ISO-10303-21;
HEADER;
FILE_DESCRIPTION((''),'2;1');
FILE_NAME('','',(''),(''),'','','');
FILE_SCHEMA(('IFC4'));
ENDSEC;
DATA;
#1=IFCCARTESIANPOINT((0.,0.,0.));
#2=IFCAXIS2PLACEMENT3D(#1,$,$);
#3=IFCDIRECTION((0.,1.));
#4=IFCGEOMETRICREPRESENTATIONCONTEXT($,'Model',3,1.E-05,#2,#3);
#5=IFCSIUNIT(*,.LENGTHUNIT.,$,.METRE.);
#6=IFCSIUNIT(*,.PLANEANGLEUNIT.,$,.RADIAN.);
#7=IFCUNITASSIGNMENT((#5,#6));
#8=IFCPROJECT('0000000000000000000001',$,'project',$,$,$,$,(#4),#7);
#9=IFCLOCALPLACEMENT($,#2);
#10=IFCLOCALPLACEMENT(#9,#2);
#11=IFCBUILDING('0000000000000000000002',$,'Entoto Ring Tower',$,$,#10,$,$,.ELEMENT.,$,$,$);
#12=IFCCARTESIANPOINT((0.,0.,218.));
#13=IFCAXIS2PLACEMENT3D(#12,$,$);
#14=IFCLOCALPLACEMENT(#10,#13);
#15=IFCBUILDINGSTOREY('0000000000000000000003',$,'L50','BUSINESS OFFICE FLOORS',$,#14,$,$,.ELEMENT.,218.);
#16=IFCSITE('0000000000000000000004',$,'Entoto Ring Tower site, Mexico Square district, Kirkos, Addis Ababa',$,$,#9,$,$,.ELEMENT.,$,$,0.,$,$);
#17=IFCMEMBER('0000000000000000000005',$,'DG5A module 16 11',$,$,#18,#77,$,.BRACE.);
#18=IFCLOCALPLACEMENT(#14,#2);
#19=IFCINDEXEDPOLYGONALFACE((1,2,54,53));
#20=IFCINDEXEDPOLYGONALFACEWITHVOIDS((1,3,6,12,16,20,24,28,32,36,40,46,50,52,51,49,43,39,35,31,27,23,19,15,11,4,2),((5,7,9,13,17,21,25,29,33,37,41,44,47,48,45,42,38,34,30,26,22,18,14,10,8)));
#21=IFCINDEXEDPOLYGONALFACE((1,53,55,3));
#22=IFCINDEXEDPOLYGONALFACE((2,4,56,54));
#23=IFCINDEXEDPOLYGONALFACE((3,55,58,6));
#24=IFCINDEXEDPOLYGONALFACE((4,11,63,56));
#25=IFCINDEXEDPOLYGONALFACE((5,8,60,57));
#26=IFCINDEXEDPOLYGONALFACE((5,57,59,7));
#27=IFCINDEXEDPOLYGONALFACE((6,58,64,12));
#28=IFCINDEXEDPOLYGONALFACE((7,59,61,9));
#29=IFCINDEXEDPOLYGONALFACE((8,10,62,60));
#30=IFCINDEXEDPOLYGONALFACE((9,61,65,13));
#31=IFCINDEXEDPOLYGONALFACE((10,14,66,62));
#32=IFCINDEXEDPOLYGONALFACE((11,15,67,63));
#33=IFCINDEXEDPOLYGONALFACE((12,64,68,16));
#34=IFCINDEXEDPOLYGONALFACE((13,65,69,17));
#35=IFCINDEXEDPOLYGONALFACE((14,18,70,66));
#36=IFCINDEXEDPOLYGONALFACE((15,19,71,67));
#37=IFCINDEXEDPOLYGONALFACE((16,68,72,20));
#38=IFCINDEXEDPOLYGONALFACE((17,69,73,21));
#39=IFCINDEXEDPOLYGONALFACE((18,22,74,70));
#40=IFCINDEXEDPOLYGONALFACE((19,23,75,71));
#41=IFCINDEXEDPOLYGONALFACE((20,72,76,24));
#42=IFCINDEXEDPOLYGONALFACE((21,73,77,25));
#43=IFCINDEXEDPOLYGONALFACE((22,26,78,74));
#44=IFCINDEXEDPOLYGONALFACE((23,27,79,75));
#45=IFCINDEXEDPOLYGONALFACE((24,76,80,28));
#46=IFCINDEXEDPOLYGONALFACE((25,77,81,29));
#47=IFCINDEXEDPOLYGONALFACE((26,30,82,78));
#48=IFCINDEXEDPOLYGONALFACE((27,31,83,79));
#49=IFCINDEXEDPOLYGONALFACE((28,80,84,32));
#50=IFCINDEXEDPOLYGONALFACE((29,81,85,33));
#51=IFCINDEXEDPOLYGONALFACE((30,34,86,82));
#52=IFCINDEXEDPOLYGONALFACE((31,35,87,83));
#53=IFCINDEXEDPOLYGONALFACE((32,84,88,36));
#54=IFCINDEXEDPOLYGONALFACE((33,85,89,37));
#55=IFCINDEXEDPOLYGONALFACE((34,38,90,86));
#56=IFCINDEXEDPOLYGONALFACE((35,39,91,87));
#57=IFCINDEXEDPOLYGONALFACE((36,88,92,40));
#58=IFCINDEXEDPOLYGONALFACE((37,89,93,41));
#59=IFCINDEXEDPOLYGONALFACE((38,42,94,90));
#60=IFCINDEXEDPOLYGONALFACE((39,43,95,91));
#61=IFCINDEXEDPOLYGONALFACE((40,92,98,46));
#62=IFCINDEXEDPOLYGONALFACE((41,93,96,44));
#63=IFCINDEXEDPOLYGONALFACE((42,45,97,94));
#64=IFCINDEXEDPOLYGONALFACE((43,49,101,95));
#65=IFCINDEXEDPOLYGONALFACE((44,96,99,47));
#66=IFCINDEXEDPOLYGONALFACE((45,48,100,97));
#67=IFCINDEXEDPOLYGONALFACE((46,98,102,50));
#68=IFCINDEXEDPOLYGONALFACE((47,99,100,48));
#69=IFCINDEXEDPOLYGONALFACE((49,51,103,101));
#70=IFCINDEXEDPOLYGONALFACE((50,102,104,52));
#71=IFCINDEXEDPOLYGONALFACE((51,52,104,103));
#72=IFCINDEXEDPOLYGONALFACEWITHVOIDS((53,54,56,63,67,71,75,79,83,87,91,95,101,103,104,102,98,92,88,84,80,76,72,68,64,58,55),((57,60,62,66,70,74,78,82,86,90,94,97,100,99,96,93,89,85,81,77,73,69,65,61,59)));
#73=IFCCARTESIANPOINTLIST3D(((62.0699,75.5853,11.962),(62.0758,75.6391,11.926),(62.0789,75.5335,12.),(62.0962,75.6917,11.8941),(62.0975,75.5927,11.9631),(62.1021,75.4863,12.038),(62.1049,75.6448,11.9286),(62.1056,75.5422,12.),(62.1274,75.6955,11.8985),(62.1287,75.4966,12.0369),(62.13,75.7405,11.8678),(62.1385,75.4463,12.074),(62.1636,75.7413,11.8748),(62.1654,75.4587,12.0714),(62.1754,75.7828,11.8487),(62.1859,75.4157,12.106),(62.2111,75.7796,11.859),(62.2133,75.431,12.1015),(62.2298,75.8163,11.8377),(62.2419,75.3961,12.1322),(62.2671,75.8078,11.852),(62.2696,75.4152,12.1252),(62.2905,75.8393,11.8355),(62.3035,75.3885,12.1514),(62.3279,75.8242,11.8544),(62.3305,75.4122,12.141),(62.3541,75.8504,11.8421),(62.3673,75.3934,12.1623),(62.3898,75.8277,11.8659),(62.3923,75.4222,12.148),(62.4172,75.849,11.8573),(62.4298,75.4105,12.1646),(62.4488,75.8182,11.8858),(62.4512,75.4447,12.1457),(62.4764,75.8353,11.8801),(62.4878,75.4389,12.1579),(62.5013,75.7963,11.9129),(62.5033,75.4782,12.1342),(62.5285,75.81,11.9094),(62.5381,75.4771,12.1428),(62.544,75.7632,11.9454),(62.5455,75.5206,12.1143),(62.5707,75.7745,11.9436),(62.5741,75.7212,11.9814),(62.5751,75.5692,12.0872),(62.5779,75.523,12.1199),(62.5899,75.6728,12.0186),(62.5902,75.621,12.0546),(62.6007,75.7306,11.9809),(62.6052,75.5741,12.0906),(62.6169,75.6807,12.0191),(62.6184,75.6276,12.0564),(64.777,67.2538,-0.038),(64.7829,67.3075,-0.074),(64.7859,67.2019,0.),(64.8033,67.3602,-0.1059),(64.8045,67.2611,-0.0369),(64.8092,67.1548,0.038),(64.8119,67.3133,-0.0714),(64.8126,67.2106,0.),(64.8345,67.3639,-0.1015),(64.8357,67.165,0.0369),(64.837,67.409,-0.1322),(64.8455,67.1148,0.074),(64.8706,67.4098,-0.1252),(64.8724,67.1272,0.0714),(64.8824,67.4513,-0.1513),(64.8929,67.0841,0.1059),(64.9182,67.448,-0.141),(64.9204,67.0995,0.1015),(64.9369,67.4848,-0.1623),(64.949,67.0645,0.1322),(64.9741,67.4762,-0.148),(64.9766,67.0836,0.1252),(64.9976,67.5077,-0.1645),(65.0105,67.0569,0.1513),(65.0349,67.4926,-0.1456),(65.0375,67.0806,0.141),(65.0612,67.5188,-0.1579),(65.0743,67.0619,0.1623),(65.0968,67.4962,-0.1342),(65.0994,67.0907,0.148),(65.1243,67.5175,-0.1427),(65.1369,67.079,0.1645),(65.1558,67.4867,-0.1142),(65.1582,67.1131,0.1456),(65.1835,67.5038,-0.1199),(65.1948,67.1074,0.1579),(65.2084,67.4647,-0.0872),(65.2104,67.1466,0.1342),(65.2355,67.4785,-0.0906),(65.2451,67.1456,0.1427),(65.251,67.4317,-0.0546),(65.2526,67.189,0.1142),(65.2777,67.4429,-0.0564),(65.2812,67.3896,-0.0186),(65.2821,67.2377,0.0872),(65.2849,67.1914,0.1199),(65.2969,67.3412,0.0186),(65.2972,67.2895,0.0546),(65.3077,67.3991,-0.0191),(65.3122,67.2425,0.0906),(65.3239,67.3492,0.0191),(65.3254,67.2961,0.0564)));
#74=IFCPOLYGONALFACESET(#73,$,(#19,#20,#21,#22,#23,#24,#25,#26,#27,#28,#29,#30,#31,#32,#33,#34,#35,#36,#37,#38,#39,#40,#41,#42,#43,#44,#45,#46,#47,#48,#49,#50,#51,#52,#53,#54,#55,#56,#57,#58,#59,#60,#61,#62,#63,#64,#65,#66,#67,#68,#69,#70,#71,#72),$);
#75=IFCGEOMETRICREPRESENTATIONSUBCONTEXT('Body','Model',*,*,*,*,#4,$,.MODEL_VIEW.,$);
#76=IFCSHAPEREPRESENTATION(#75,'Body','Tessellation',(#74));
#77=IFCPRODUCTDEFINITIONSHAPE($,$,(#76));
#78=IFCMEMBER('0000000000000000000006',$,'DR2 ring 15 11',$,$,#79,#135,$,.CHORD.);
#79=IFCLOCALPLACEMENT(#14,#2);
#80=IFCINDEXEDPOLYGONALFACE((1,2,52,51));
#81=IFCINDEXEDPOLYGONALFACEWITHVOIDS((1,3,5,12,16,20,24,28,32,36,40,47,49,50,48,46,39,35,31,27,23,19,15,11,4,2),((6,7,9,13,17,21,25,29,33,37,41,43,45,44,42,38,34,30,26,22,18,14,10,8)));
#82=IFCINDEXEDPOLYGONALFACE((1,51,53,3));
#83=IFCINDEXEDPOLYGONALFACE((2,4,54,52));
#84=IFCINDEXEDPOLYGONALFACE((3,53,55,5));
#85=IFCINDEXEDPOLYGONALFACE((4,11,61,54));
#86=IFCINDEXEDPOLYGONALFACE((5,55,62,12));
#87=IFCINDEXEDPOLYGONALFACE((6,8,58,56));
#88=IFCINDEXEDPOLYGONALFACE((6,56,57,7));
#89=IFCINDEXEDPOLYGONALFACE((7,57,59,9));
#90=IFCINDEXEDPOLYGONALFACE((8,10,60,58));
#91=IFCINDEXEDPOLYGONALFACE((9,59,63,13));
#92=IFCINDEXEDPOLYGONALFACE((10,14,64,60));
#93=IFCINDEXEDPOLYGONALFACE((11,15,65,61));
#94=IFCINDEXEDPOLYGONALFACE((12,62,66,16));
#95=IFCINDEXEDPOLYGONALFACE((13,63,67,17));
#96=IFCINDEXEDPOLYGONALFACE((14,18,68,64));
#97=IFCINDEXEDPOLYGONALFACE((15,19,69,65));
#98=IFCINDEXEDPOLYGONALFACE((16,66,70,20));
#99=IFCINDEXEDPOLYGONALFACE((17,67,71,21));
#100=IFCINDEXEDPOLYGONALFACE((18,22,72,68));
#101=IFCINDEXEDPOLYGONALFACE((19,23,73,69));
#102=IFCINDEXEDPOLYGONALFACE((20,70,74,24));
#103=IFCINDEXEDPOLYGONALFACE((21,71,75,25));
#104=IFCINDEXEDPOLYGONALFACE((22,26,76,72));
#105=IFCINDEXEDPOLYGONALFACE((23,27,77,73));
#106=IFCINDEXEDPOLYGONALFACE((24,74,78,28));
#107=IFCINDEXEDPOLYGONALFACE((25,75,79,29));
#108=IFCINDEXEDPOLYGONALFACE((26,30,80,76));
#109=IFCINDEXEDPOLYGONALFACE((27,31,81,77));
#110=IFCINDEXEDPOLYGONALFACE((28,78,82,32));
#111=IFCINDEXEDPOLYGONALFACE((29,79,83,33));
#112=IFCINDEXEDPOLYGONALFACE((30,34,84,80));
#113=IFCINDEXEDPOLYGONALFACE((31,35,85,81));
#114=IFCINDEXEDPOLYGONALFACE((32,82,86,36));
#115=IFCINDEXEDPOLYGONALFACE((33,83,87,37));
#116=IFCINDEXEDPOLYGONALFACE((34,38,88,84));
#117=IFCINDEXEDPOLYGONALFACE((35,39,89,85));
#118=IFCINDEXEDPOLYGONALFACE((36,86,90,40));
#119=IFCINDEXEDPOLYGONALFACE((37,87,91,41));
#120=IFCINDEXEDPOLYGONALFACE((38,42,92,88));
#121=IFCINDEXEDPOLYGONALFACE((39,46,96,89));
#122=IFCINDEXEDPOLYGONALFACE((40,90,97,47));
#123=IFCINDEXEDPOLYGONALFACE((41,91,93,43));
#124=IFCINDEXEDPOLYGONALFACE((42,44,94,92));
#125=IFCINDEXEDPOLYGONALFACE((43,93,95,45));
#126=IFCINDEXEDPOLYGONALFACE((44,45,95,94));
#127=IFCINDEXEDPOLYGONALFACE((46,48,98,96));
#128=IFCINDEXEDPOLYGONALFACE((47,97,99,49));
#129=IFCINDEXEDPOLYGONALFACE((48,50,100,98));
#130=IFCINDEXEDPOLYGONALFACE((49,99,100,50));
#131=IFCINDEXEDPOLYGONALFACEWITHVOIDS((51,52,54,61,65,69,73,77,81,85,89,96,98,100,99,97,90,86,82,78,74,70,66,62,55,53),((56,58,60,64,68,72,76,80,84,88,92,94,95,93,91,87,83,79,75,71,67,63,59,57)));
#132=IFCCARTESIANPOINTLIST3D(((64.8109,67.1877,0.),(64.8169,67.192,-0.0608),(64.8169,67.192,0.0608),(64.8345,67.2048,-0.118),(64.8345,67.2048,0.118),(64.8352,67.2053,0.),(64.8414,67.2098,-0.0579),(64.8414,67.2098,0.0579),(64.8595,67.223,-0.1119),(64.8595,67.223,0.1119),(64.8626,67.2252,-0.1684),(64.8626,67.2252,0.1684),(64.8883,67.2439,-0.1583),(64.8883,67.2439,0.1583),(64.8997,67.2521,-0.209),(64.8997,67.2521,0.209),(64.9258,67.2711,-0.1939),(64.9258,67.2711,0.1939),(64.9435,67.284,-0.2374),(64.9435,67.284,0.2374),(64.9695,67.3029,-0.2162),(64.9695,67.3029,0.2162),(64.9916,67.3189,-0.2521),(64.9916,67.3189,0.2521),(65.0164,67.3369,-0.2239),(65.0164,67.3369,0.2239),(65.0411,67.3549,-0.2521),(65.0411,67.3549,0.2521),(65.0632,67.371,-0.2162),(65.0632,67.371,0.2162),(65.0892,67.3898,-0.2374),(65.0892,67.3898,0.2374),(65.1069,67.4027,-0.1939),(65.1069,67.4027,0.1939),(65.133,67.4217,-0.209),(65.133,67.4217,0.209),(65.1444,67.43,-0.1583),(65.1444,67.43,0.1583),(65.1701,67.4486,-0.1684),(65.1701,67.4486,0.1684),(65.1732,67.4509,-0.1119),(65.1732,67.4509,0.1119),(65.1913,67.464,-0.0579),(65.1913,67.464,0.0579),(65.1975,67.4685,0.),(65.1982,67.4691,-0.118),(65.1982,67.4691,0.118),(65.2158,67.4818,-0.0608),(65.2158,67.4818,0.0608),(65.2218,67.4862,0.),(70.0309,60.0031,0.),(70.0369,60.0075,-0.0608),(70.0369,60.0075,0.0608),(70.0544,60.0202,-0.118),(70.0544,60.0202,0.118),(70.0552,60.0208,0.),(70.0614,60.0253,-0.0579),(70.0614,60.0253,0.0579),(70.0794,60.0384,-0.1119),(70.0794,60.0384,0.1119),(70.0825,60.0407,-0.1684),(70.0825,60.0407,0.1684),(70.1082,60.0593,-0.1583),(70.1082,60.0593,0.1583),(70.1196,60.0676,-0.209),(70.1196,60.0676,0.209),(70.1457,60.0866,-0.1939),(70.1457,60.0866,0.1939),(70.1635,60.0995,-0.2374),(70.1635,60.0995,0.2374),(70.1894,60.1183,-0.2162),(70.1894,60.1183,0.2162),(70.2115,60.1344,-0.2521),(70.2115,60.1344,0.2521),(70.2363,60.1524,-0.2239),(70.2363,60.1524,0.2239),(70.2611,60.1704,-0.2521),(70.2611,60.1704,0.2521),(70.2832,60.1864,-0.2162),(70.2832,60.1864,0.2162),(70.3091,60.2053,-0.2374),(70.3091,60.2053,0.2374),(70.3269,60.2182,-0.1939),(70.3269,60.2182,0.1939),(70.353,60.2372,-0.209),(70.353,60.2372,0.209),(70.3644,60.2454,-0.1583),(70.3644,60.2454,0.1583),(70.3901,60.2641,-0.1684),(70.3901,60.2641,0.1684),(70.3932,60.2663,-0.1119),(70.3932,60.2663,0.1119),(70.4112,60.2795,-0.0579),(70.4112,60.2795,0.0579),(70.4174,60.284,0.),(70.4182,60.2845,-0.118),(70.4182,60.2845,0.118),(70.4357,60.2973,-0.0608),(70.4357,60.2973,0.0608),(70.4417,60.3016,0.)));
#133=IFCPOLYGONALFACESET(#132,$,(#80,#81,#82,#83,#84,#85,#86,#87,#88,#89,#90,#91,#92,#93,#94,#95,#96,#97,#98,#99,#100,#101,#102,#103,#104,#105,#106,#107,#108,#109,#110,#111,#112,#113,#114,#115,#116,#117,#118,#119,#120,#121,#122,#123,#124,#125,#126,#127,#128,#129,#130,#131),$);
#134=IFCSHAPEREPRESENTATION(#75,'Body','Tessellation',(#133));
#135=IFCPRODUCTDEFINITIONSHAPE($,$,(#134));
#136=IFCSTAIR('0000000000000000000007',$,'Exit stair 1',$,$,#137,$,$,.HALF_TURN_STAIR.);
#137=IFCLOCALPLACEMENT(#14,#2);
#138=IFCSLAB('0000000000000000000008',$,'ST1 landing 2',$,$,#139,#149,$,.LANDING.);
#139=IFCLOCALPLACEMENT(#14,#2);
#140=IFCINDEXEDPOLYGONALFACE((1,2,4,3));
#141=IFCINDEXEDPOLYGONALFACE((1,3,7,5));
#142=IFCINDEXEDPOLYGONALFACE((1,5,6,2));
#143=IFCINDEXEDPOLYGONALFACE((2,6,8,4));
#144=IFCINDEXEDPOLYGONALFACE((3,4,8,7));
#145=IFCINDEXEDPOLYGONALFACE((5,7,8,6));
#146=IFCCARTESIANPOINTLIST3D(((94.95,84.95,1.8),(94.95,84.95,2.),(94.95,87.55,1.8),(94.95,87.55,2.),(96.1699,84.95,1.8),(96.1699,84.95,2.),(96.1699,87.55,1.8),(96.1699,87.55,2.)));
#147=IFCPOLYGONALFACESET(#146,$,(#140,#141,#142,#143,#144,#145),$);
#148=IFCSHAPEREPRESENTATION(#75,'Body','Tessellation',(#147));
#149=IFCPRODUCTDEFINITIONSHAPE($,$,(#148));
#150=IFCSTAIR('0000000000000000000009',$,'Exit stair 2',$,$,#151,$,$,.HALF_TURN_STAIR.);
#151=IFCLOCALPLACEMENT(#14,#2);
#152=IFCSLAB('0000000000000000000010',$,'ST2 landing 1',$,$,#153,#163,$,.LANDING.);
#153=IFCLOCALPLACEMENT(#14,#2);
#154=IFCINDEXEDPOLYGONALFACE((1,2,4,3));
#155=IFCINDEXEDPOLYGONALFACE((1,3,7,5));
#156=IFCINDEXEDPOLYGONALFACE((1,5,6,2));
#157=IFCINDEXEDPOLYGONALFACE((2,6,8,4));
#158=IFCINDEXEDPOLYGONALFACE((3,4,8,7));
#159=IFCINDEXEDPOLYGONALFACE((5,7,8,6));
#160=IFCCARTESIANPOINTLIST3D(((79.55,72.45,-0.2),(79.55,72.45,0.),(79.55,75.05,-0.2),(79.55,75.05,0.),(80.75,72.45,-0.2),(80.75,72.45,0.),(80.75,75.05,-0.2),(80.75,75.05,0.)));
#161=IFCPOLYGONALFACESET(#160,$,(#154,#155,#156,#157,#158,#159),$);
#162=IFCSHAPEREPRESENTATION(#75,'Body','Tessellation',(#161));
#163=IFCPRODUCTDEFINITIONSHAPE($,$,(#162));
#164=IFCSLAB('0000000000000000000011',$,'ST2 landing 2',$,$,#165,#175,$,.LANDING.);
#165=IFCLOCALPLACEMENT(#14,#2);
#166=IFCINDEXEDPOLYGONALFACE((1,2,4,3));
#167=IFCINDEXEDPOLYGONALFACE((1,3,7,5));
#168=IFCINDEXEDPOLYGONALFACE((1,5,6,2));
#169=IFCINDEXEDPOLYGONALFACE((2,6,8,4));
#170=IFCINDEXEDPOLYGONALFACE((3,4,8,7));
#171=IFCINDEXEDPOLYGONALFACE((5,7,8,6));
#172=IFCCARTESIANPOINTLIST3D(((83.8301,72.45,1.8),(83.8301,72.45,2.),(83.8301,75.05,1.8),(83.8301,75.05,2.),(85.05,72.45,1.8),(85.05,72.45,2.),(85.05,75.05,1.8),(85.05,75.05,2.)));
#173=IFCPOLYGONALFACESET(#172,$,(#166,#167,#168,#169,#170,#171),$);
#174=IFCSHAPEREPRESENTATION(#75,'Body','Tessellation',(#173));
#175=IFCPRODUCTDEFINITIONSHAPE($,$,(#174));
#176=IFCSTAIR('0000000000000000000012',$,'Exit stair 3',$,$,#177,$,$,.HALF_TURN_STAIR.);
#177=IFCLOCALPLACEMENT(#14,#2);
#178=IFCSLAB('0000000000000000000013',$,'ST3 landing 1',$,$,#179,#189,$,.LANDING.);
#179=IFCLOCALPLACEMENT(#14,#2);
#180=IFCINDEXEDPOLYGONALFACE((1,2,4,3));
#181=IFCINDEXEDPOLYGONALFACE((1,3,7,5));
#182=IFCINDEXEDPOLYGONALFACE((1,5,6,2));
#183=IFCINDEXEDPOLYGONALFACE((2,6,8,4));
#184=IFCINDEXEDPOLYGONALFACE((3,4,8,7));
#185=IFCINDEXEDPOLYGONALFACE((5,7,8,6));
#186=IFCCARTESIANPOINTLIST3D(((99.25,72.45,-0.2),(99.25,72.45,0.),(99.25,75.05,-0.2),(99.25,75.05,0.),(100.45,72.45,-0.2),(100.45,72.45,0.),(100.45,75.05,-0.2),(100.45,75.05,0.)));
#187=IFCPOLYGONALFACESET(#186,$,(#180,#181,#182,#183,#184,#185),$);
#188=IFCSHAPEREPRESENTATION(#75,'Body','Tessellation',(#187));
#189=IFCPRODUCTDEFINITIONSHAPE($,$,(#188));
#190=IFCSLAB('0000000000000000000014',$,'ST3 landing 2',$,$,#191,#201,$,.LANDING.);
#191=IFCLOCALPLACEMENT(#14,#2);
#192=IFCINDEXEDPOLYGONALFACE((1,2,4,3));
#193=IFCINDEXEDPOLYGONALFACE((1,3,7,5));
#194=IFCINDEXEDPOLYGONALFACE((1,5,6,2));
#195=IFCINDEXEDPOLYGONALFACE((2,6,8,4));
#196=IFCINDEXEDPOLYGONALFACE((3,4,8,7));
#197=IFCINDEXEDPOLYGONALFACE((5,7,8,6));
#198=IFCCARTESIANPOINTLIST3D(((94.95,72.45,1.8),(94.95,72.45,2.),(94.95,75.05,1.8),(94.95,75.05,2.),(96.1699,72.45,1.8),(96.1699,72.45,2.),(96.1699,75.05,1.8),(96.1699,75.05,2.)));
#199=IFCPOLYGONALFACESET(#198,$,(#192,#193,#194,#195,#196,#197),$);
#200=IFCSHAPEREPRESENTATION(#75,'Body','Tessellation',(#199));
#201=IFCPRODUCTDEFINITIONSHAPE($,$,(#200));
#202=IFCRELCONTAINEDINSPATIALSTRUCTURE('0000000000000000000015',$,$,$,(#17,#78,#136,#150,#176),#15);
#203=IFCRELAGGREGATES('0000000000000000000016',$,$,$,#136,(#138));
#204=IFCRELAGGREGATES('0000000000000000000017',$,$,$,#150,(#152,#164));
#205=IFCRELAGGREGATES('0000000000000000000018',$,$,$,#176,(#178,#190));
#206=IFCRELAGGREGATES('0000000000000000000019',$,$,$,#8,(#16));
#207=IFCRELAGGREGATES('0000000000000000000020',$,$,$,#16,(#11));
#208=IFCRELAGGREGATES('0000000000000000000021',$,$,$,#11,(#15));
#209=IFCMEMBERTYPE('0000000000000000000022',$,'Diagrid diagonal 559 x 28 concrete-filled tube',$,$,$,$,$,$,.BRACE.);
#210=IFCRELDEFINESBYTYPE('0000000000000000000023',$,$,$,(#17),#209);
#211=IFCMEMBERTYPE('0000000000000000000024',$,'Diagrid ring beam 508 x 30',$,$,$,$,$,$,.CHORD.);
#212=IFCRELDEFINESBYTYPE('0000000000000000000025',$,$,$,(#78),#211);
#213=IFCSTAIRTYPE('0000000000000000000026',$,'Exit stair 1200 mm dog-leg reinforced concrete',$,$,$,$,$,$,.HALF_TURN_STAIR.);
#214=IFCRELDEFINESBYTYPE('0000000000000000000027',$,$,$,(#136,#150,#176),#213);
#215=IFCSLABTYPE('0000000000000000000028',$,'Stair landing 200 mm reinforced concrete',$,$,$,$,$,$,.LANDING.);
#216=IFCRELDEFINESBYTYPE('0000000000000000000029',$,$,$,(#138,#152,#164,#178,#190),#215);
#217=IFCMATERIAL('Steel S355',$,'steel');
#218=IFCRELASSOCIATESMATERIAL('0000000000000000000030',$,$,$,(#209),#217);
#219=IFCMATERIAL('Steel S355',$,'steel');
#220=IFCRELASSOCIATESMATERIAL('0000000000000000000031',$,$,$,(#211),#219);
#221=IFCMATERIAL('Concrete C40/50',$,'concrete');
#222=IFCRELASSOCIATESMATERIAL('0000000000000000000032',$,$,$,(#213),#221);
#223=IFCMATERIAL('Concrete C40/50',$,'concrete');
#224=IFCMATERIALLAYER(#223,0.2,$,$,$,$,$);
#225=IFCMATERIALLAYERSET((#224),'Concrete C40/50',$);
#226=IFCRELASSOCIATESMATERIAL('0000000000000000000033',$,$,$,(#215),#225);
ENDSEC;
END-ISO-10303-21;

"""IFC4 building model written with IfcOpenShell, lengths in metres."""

from ifc_helpers import new_model, si_unit, direction, frame, origin, origin_2d, place, context, subcontext, project, spatial, polyline, circle, hollow_circle, outline, extrude, material, layer, layer_set, material_profile, profile_set, type_object, element, aggregate, save


model = new_model("IFC4")

# Units and contexts
model_context = context("Model", 3, precision=1e-05, world=origin(), true_north=direction((0.0, 1.0)))
body_context = subcontext(model_context, "Body", "Model", "MODEL_VIEW")
ifc_project = project(units=[si_unit("LENGTHUNIT", "METRE"), si_unit("PLANEANGLEUNIT", "RADIAN")], contexts=[model_context])

# Site, building, storey
site_placement = place(None, origin())
site = spatial("IfcSite", under=ifc_project, at=site_placement, Name="Entoto Ring Tower site, Mexico Square district, Kirkos, Addis Ababa", CompositionType="ELEMENT", RefElevation=0.0)
building_placement = place(site_placement, origin())
building = spatial("IfcBuilding", under=site, at=building_placement, Name="Entoto Ring Tower", CompositionType="ELEMENT")
storey_placement = place(building_placement, frame((0.0, 0.0, 218.0)))
storey = spatial("IfcBuildingStorey", under=building, at=storey_placement, Name="L50", Description="BUSINESS OFFICE FLOORS", CompositionType="ELEMENT", Elevation=218.0)

# Members
ifc_material_1 = material(Name="Steel S355", Category="steel")
ifc_material_profile_1 = material_profile(ifc_material_1, hollow_circle(Radius=0.2795, WallThickness=0.0281, at=origin_2d()), Name="CHS 559 x 28")
ifc_material_2 = material(Name="Concrete C60/75", Category="concrete")
ifc_material_profile_2 = material_profile(ifc_material_2, circle(Radius=0.2515, at=origin_2d()), Name="Concrete C60/75 infill")
ifc_profile_set_1 = profile_set([ifc_material_profile_1, ifc_material_profile_2], Name="Steel S355")
member_type_1 = type_object("IfcMemberType", Name="Diagrid diagonal 559 x 28 concrete-filled tube", PredefinedType="BRACE", material=ifc_profile_set_1)
member_1_placement = place(storey_placement, frame((65.0518, 67.2883, 0.0), z_axis=(-0.182201, 0.560767, 0.807678), x_axis=(-0.951058, -0.309012, 0.0)))
element("IfcMember", 1, at=member_1_placement, inside=storey, type_object=member_type_1, Name="DG5A module 16 11", PredefinedType="BRACE", context=body_context, shape_type="SweptSolid", body=[
    extrude(hollow_circle(Radius=0.2795, WallThickness=0.0281, at=origin_2d()), origin(), (0.0, 0.0, 1.0), 14.8574),
])
ifc_material_3 = material(Name="Steel S355", Category="steel")
ifc_material_profile_3 = material_profile(ifc_material_3, hollow_circle(Radius=0.2539, WallThickness=0.03, at=origin_2d()), Name="CHS 508 x 30")
ifc_material_4 = material(Name="Concrete C60/75", Category="concrete")
ifc_material_profile_4 = material_profile(ifc_material_4, circle(Radius=0.2241, at=origin_2d()), Name="Concrete C60/75 infill")
ifc_profile_set_2 = profile_set([ifc_material_profile_3, ifc_material_profile_4], Name="Steel S355")
member_type_2 = type_object("IfcMemberType", Name="Diagrid ring beam 508 x 30", PredefinedType="CHORD", material=ifc_profile_set_2)
member_2_placement = place(storey_placement, frame((65.0164, 67.3369, 0.0), z_axis=(0.587791, -0.809013, 0.0), x_axis=(0.809013, 0.587791, 0.0)))
element("IfcMember", 2, at=member_2_placement, inside=storey, type_object=member_type_2, Name="DR2 ring 15 11", PredefinedType="CHORD", context=body_context, shape_type="SweptSolid", body=[
    extrude(hollow_circle(Radius=0.2539, WallThickness=0.03, at=origin_2d()), origin(), (0.0, 0.0, 1.0), 8.8806),
])

# Stair, slab
ifc_material_5 = material(Name="Concrete C40/50", Category="concrete")
stair_type = type_object("IfcStairType", Name="Exit stair 1200 mm dog-leg reinforced concrete", PredefinedType="HALF_TURN_STAIR", material=ifc_material_5)
stair_1_placement = place(storey_placement, origin())
stair_1 = element("IfcStair", 3, at=stair_1_placement, inside=storey, type_object=stair_type, Name="Exit stair 1", PredefinedType="HALF_TURN_STAIR")
ifc_material_6 = material(Name="Concrete C40/50", Category="concrete")
ifc_layer_1 = layer(ifc_material_6, 0.2)
ifc_layer_set_1 = layer_set([ifc_layer_1], Name="Concrete C40/50")
slab_type_1 = type_object("IfcSlabType", Name="Stair landing 200 mm reinforced concrete", PredefinedType="LANDING", material=ifc_layer_set_1)
slab_1_placement = place(storey_placement, frame((0.0, 0.0, 1.8)))
slab_1 = element("IfcSlab", 4, at=slab_1_placement, type_object=slab_type_1, Name="ST1 landing 2", PredefinedType="LANDING", context=body_context, shape_type="SweptSolid", body=[
    extrude(outline(polyline([(94.95, 84.95), (96.1699, 84.95), (96.1699, 87.55), (94.95, 87.55), (94.95, 84.95)])), origin(), (0.0, 0.0, 1.0), 0.2),
])
aggregate(stair_1, [slab_1])

# Stairs, slabs
stair_2_placement = place(storey_placement, origin())
stair_2 = element("IfcStair", 5, at=stair_2_placement, inside=storey, type_object=stair_type, Name="Exit stair 2", PredefinedType="HALF_TURN_STAIR")
slab_2_placement = place(storey_placement, frame((0.0, 0.0, -0.2)))
slab_2 = element("IfcSlab", 6, at=slab_2_placement, type_object=slab_type_1, Name="ST2 landing 1", PredefinedType="LANDING", context=body_context, shape_type="SweptSolid", body=[
    extrude(outline(polyline([(80.75, 72.45), (80.75, 75.05), (79.55, 75.05), (79.55, 72.45), (80.75, 72.45)])), origin(), (0.0, 0.0, 1.0), 0.2),
])
slab_3_placement = place(storey_placement, frame((0.0, 0.0, 1.8)))
slab_3 = element("IfcSlab", 7, at=slab_3_placement, type_object=slab_type_1, Name="ST2 landing 2", PredefinedType="LANDING", context=body_context, shape_type="SweptSolid", body=[
    extrude(outline(polyline([(83.8301, 72.45), (85.05, 72.45), (85.05, 75.05), (83.8301, 75.05), (83.8301, 72.45)])), origin(), (0.0, 0.0, 1.0), 0.2),
])
aggregate(stair_2, [slab_2, slab_3])
stair_3_placement = place(storey_placement, origin())
stair_3 = element("IfcStair", 8, at=stair_3_placement, inside=storey, type_object=stair_type, Name="Exit stair 3", PredefinedType="HALF_TURN_STAIR")
slab_4_placement = place(storey_placement, frame((0.0, 0.0, -0.2)))
slab_4 = element("IfcSlab", 9, at=slab_4_placement, type_object=slab_type_1, Name="ST3 landing 1", PredefinedType="LANDING", context=body_context, shape_type="SweptSolid", body=[
    extrude(outline(polyline([(100.45, 72.45), (100.45, 75.05), (99.25, 75.05), (99.25, 72.45), (100.45, 72.45)])), origin(), (0.0, 0.0, 1.0), 0.2),
])
slab_5_placement = place(storey_placement, frame((0.0, 0.0, 1.8)))
slab_5 = element("IfcSlab", 10, at=slab_5_placement, type_object=slab_type_1, Name="ST3 landing 2", PredefinedType="LANDING", context=body_context, shape_type="SweptSolid", body=[
    extrude(outline(polyline([(94.95, 72.45), (96.1699, 72.45), (96.1699, 75.05), (94.95, 75.05), (94.95, 72.45)])), origin(), (0.0, 0.0, 1.0), 0.2),
])
aggregate(stair_3, [slab_4, slab_5])

save(model, "model.ifc")
